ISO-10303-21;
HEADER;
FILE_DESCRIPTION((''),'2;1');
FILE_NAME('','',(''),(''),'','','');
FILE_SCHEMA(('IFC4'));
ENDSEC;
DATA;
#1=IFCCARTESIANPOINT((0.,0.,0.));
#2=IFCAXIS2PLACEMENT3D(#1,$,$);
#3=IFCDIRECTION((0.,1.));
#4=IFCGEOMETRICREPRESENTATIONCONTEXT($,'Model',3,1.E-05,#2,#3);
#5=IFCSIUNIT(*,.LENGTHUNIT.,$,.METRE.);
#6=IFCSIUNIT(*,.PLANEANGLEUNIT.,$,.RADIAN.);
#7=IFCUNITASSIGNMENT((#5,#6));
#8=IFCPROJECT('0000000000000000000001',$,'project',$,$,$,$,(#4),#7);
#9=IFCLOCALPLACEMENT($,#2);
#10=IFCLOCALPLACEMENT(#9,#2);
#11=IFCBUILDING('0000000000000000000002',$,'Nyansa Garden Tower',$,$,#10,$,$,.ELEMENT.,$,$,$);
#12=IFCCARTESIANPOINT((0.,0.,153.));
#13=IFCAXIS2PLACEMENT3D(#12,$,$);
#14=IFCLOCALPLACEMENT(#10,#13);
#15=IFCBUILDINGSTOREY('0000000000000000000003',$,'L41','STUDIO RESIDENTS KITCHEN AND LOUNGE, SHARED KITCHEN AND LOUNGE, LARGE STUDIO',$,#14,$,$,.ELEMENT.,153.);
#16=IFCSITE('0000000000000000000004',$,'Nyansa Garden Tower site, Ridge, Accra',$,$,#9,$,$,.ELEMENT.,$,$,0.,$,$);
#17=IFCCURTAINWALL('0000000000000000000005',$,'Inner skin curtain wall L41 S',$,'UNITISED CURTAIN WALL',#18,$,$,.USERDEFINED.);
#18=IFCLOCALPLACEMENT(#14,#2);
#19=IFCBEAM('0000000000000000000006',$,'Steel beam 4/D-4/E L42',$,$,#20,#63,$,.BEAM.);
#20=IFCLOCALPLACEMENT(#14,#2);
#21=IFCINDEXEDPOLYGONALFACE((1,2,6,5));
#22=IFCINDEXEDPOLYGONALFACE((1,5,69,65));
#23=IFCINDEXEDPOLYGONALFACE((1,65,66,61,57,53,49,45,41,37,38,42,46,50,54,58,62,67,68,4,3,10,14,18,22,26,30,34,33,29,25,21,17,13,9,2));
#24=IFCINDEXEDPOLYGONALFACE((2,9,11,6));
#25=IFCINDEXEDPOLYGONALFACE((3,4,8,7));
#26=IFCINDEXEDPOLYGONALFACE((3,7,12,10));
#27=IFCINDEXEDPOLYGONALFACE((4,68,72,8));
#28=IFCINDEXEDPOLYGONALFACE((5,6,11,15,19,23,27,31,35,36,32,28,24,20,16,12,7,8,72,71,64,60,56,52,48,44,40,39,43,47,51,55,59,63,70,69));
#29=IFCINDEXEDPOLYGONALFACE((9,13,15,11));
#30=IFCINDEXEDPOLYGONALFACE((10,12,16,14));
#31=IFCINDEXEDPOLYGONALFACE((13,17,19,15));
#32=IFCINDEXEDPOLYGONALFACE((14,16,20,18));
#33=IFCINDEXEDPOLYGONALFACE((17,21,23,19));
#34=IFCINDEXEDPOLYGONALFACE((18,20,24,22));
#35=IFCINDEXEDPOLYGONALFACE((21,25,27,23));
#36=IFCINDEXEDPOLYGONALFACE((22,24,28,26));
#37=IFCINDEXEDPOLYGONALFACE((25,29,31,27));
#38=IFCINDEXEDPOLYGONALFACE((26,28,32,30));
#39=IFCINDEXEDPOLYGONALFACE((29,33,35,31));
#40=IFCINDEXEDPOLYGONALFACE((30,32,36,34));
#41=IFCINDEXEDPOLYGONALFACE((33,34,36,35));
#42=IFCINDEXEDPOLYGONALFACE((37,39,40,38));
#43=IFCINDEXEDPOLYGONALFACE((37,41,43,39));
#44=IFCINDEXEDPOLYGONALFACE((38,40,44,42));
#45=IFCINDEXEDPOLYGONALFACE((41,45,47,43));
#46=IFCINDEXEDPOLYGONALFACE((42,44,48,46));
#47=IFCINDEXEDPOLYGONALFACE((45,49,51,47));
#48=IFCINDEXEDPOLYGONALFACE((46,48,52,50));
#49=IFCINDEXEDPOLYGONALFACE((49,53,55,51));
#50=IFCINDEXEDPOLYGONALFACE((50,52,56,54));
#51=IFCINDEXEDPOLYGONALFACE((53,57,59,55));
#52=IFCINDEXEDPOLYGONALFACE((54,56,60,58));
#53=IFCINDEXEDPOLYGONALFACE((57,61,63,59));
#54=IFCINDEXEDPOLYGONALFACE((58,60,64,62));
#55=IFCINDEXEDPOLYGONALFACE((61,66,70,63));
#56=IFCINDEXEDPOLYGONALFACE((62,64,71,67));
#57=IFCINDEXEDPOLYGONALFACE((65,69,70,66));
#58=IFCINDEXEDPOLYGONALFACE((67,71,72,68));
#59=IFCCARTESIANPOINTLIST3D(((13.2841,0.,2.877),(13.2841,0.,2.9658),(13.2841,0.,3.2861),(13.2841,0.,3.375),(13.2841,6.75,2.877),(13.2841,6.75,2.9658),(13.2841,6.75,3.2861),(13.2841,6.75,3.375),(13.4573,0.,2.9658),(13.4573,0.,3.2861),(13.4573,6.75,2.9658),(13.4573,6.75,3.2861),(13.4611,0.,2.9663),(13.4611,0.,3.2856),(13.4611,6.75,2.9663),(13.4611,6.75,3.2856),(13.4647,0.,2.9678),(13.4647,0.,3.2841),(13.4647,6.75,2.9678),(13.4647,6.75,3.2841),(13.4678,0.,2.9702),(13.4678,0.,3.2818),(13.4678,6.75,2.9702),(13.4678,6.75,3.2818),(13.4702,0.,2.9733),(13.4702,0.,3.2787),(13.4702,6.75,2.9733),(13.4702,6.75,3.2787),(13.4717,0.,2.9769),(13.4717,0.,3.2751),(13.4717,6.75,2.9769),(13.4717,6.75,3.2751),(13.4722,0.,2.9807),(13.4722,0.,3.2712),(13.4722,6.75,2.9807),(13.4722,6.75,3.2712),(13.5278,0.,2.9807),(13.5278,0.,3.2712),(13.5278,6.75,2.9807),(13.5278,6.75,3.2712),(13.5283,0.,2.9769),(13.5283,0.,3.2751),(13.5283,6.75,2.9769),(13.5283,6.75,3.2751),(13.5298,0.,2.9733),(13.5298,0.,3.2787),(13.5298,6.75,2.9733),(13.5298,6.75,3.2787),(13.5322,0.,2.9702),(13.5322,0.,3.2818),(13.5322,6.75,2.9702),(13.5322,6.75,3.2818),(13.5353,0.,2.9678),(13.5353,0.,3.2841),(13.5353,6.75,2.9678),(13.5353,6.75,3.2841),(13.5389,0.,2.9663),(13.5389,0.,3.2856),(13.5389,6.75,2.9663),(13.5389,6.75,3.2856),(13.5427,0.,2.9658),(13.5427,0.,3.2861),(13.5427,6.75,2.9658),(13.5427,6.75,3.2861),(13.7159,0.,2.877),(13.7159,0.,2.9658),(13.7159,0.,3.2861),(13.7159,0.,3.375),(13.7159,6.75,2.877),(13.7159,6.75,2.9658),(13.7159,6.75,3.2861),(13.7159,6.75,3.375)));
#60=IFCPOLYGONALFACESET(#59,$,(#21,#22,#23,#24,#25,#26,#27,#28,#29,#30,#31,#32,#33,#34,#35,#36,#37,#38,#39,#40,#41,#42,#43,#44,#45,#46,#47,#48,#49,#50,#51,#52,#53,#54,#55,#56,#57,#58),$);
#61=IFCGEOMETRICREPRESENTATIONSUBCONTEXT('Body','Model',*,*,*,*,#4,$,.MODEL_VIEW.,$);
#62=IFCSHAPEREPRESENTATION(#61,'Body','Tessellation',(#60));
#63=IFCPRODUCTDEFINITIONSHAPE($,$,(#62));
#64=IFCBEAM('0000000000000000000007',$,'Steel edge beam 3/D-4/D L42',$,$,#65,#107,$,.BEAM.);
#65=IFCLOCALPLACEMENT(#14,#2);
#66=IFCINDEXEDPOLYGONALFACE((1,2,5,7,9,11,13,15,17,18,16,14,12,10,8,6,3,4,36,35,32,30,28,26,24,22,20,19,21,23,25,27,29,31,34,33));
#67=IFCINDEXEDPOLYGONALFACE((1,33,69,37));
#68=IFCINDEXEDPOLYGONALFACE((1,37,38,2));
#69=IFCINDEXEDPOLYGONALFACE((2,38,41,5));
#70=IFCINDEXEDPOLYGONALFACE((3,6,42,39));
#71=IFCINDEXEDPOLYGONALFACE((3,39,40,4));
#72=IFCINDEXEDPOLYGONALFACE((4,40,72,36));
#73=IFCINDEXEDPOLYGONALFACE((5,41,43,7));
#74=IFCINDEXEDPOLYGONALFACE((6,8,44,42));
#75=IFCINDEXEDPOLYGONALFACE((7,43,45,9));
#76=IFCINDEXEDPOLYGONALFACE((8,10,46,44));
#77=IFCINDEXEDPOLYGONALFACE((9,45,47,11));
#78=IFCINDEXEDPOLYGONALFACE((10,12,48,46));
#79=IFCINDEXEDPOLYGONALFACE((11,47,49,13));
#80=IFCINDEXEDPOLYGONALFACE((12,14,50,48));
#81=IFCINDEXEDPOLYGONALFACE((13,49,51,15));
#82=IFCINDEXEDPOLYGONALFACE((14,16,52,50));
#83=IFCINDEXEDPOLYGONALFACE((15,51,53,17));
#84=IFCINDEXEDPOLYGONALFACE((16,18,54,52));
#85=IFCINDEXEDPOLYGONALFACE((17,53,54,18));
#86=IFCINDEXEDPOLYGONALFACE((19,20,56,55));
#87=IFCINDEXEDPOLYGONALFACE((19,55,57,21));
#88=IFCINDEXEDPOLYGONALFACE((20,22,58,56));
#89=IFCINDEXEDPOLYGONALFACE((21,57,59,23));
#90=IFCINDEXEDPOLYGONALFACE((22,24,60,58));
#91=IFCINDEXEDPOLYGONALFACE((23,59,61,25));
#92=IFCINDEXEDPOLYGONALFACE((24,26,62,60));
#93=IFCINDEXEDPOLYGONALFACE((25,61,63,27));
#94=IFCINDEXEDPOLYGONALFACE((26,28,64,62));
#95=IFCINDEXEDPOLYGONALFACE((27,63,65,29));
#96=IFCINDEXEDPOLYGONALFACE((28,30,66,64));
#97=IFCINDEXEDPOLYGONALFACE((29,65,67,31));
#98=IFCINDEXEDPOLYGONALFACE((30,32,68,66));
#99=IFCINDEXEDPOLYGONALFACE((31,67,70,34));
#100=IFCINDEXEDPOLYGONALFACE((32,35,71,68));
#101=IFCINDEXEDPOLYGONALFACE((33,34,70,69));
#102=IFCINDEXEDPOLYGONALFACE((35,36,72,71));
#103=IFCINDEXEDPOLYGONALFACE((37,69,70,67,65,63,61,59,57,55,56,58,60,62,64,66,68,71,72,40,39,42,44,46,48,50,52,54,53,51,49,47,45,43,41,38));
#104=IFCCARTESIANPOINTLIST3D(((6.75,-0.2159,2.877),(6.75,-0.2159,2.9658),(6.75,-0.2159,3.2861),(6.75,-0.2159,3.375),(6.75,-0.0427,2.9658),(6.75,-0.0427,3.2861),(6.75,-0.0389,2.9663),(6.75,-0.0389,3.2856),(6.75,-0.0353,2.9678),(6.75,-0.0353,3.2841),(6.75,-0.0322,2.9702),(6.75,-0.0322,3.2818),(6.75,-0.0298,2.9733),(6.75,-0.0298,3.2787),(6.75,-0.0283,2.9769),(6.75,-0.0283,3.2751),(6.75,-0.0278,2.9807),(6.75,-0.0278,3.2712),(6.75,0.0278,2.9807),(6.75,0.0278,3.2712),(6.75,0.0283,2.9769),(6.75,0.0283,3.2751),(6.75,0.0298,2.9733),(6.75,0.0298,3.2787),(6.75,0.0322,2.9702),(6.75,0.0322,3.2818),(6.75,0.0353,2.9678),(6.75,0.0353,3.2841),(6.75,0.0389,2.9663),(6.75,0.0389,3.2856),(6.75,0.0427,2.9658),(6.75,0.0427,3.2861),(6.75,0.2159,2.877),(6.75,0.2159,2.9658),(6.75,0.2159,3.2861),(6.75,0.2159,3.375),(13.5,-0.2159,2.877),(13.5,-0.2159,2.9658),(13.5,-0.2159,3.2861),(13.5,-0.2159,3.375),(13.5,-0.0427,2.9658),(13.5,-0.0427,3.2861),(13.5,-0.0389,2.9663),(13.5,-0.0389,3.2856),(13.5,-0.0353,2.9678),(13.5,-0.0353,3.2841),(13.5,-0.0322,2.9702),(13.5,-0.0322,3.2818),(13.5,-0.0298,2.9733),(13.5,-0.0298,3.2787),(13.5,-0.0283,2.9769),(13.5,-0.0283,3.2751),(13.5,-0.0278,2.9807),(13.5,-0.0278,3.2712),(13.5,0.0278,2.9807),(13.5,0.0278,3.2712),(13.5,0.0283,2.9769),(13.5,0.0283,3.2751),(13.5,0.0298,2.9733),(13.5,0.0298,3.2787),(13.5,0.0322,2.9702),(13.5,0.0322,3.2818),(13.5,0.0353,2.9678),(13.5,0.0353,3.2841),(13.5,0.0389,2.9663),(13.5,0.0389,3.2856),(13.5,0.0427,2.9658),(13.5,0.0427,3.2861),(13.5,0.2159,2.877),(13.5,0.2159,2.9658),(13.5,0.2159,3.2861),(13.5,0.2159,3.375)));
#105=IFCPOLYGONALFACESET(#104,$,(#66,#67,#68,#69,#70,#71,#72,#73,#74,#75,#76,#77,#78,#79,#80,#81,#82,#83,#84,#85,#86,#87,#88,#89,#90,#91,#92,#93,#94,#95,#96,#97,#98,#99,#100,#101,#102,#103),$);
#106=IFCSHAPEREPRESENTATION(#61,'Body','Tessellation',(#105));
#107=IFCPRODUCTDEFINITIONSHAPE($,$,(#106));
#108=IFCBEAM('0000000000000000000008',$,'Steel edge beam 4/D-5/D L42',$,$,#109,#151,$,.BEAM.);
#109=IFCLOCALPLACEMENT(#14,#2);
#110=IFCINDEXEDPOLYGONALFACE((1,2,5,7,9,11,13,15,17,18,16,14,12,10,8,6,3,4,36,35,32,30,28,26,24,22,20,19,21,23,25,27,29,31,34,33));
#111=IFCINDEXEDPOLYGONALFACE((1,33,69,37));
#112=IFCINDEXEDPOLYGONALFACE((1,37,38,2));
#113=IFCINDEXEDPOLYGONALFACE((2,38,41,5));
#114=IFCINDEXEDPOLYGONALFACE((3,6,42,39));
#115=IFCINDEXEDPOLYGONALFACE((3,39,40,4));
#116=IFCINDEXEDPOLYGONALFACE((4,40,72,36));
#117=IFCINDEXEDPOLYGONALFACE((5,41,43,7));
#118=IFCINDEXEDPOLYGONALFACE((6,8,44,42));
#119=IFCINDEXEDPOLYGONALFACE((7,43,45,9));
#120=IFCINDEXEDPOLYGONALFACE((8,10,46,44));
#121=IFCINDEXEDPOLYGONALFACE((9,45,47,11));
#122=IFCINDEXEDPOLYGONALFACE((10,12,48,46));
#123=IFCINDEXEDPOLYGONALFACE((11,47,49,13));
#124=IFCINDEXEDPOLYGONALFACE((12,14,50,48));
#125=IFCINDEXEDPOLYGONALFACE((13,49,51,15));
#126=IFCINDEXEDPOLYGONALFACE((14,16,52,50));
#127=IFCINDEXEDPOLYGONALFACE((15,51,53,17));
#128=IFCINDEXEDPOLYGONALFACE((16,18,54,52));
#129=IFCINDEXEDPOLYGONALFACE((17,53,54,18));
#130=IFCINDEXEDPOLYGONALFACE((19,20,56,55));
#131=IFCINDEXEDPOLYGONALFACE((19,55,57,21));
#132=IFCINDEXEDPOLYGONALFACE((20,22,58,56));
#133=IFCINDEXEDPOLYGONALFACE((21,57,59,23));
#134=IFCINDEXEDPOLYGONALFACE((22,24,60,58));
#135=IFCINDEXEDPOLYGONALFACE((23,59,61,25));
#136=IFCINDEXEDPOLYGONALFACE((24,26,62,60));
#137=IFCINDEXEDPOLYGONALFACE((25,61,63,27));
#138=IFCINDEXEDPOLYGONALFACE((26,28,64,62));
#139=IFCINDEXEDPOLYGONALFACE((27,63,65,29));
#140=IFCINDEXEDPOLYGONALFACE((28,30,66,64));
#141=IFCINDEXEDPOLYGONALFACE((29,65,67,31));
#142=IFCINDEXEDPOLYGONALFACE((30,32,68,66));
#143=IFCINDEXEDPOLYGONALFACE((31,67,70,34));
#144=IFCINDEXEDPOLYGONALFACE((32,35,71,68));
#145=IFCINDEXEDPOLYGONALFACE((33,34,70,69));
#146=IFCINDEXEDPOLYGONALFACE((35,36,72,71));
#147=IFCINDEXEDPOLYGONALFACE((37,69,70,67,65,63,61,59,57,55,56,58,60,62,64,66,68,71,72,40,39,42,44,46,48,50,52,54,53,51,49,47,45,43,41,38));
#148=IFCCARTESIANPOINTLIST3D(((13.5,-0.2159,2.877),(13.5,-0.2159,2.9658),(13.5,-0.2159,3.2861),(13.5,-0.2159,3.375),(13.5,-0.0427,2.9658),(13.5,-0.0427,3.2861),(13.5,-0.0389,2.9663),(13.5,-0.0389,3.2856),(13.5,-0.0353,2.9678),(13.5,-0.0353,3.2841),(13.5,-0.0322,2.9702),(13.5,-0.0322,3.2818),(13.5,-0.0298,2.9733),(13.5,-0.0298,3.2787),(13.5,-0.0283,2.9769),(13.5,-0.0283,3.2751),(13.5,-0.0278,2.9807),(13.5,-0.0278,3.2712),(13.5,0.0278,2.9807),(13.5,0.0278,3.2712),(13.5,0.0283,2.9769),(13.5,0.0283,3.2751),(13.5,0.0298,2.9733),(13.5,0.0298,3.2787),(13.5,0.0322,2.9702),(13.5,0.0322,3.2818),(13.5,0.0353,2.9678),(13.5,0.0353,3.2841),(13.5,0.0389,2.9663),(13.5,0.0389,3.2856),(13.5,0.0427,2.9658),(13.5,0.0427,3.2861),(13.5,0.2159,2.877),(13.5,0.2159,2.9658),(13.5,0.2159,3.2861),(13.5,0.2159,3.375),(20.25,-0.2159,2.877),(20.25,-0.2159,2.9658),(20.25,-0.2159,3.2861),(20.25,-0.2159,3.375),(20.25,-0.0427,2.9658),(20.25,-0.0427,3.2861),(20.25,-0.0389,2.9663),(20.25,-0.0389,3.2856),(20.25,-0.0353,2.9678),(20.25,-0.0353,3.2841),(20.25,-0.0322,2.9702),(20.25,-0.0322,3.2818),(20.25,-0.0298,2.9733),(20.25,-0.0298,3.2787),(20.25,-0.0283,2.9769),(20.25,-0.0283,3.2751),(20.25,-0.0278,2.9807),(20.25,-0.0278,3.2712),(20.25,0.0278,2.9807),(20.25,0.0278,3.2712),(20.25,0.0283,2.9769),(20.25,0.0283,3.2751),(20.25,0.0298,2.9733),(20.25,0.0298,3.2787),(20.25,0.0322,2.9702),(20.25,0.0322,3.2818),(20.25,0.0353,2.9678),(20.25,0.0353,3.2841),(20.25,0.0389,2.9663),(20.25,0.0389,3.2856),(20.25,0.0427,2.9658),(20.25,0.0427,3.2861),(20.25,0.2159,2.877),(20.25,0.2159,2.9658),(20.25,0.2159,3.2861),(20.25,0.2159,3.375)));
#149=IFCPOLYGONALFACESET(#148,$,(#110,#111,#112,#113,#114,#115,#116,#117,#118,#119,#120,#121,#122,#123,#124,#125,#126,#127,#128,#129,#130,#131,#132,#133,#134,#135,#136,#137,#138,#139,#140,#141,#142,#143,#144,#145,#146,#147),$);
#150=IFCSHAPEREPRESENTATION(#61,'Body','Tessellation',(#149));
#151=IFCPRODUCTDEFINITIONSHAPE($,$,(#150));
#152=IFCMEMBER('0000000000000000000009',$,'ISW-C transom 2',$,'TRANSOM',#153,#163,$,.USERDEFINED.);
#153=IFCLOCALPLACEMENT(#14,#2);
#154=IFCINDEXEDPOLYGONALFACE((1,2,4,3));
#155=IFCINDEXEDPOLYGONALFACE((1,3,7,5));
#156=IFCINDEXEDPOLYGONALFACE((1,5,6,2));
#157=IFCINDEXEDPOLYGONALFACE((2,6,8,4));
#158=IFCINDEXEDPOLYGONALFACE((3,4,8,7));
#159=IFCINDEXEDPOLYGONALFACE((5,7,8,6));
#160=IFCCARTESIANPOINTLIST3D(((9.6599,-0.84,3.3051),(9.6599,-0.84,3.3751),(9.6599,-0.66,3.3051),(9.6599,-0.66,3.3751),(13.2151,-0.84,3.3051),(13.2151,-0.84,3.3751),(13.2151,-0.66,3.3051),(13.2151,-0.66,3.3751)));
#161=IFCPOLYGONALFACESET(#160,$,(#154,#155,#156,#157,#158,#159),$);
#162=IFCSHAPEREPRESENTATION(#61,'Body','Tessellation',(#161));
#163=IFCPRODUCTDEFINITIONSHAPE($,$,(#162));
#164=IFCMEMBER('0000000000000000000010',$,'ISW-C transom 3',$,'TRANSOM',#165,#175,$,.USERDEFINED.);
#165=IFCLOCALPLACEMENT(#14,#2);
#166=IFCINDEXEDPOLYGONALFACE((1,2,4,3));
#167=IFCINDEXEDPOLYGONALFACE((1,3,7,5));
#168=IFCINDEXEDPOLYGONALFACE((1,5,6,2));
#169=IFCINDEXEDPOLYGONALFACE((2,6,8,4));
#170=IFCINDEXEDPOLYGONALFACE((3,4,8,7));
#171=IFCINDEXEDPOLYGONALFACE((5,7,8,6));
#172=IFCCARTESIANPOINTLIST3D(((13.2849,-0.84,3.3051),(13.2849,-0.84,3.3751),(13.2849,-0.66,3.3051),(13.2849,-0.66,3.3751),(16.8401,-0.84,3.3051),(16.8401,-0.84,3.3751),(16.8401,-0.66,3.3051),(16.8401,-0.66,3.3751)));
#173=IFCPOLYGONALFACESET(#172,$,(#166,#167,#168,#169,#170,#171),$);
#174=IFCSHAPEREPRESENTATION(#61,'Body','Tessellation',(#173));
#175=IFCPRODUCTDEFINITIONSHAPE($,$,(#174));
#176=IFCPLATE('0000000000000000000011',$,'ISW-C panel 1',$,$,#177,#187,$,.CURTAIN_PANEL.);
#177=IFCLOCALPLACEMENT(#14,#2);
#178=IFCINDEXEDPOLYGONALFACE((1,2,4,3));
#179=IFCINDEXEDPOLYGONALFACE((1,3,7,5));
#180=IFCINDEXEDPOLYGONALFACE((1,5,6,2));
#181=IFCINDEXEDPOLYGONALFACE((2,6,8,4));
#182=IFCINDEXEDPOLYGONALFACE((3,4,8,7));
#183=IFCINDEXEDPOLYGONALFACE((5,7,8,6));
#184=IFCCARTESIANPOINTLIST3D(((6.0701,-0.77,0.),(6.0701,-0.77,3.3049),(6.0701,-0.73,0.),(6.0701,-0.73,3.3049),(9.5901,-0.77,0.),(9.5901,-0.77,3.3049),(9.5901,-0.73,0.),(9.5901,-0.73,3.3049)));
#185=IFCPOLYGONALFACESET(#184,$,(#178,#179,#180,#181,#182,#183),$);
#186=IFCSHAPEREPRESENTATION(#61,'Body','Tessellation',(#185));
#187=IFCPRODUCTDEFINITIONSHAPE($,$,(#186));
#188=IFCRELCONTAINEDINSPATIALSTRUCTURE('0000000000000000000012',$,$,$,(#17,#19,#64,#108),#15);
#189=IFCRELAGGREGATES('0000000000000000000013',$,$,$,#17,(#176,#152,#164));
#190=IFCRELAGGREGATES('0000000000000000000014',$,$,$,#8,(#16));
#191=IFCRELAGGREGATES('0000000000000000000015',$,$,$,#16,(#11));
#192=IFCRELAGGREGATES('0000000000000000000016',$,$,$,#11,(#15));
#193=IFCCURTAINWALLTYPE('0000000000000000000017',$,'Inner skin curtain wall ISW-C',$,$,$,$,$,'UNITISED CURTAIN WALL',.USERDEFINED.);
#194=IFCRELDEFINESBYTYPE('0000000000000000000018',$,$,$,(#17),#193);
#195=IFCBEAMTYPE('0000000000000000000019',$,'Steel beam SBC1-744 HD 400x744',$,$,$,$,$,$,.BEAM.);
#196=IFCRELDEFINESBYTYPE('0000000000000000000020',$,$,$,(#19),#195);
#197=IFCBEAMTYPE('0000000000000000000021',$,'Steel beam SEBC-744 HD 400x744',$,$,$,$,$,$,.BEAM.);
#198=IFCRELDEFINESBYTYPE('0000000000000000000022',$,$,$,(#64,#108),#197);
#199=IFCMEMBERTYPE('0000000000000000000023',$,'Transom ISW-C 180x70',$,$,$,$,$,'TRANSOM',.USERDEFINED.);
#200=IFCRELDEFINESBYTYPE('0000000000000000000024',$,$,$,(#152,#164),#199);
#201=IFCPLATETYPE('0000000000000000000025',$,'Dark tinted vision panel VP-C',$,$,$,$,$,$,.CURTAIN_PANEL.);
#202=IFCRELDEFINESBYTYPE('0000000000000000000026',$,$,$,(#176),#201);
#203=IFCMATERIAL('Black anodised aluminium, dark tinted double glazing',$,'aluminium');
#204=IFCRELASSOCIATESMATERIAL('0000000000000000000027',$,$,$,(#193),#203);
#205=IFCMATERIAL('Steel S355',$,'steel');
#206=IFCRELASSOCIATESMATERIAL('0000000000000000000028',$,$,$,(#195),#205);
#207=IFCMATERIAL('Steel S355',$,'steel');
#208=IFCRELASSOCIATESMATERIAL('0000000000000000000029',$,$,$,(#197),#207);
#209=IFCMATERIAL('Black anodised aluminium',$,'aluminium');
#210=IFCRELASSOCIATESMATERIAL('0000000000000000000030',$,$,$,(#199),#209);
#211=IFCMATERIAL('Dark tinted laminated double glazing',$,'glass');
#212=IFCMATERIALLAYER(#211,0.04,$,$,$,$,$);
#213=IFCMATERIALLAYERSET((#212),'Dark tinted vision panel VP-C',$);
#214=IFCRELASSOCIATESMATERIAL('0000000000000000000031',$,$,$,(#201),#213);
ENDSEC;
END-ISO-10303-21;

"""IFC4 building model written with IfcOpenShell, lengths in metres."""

from ifc_helpers import new_model, si_unit, direction, frame, origin, origin_2d, place, context, subcontext, project, spatial, rectangle, i_section, extrude, material, layer, layer_set, material_profile, profile_set, type_object, element, aggregate, save


model = new_model("IFC4")

# Units and contexts
model_context = context("Model", 3, precision=1e-05, world=origin(), true_north=direction((0.0, 1.0)))
body_context = subcontext(model_context, "Body", "Model", "MODEL_VIEW")
ifc_project = project(units=[si_unit("LENGTHUNIT", "METRE"), si_unit("PLANEANGLEUNIT", "RADIAN")], contexts=[model_context])

# Site, building, storey
site_placement = place(None, origin())
site = spatial("IfcSite", under=ifc_project, at=site_placement, Name="Nyansa Garden Tower site, Ridge, Accra", CompositionType="ELEMENT", RefElevation=0.0)
building_placement = place(site_placement, origin())
building = spatial("IfcBuilding", under=site, at=building_placement, Name="Nyansa Garden Tower", CompositionType="ELEMENT")
storey_placement = place(building_placement, frame((0.0, 0.0, 153.0)))
storey = spatial("IfcBuildingStorey", under=building, at=storey_placement, Name="L41", Description="STUDIO RESIDENTS KITCHEN AND LOUNGE, SHARED KITCHEN AND LOUNGE, LARGE STUDIO", CompositionType="ELEMENT", Elevation=153.0)

# Curtain wall
ifc_material_1 = material(Name="Black anodised aluminium, dark tinted double glazing", Category="aluminium")
curtain_wall_type = type_object("IfcCurtainWallType", Name="Inner skin curtain wall ISW-C", ElementType="UNITISED CURTAIN WALL", PredefinedType="USERDEFINED", material=ifc_material_1)
curtain_wall_placement = place(storey_placement, origin())
curtain_wall = element("IfcCurtainWall", 1, at=curtain_wall_placement, inside=storey, type_object=curtain_wall_type, Name="Inner skin curtain wall L41 S", ObjectType="UNITISED CURTAIN WALL", PredefinedType="USERDEFINED")

# Beams
ifc_material_2 = material(Name="Steel S355", Category="steel")
ifc_material_profile_1 = material_profile(ifc_material_2, i_section(OverallWidth=0.4319, OverallDepth=0.498, WebThickness=0.0557, FlangeThickness=0.0889, FilletRadius=0.0149, at=origin_2d()), Name="HD 400x744")
ifc_profile_set_1 = profile_set([ifc_material_profile_1], Name="Steel S355")
beam_type_1 = type_object("IfcBeamType", Name="Steel beam SBC1-744 HD 400x744", PredefinedType="BEAM", material=ifc_profile_set_1)
for number, where, z_axis, x_axis, name in (
    (2, (13.5, 0.0, 3.126), (0.0, 1.0, 0.0), (-1.0, 0.0, 0.0), "Steel beam 4/D-4/E L42"),
):
    element("IfcBeam", number, at=place(storey_placement, frame(where, z_axis=z_axis, x_axis=x_axis)), inside=storey, type_object=beam_type_1, Name=name, PredefinedType="BEAM", context=body_context, shape_type="SweptSolid", body=[
        extrude(i_section(OverallWidth=0.4319, OverallDepth=0.498, WebThickness=0.0557, FlangeThickness=0.0889, FilletRadius=0.0149, at=origin_2d()), origin(), (0.0, 0.0, 1.0), 6.75),
    ])
ifc_material_3 = material(Name="Steel S355", Category="steel")
ifc_material_profile_2 = material_profile(ifc_material_3, i_section(OverallWidth=0.4319, OverallDepth=0.498, WebThickness=0.0557, FlangeThickness=0.0889, FilletRadius=0.0149, at=origin_2d()), Name="HD 400x744")
ifc_profile_set_2 = profile_set([ifc_material_profile_2], Name="Steel S355")
beam_type_2 = type_object("IfcBeamType", Name="Steel beam SEBC-744 HD 400x744", PredefinedType="BEAM", material=ifc_profile_set_2)
for number, where, z_axis, x_axis, name in (
    (3, (6.75, 0.0, 3.126), (1.0, 0.0, 0.0), (0.0, 1.0, 0.0), "Steel edge beam 3/D-4/D L42"),
    (4, (13.5, 0.0, 3.126), (1.0, 0.0, 0.0), (0.0, 1.0, 0.0), "Steel edge beam 4/D-5/D L42"),
):
    element("IfcBeam", number, at=place(storey_placement, frame(where, z_axis=z_axis, x_axis=x_axis)), inside=storey, type_object=beam_type_2, Name=name, PredefinedType="BEAM", context=body_context, shape_type="SweptSolid", body=[
        extrude(i_section(OverallWidth=0.4319, OverallDepth=0.498, WebThickness=0.0557, FlangeThickness=0.0889, FilletRadius=0.0149, at=origin_2d()), origin(), (0.0, 0.0, 1.0), 6.75),
    ])

# Members
ifc_material_4 = material(Name="Black anodised aluminium", Category="aluminium")
ifc_material_profile_3 = material_profile(ifc_material_4, rectangle(XDim=0.1799, YDim=0.0701, at=origin_2d()), Name="Transom 180x70")
ifc_profile_set_3 = profile_set([ifc_material_profile_3], Name="Black anodised aluminium")
member_type_1 = type_object("IfcMemberType", Name="Transom ISW-C 180x70", ElementType="TRANSOM", PredefinedType="USERDEFINED", material=ifc_profile_set_3)
member_1_placement = place(storey_placement, frame((9.6599, -0.75, 3.3401), z_axis=(1.0, 0.0, 0.0), x_axis=(0.0, 1.0, 0.0)))
member_1 = element("IfcMember", 5, at=member_1_placement, type_object=member_type_1, Name="ISW-C transom 2", ObjectType="TRANSOM", PredefinedType="USERDEFINED", context=body_context, shape_type="SweptSolid", body=[
    extrude(rectangle(XDim=0.1799, YDim=0.0701, at=origin_2d()), origin(), (0.0, 0.0, 1.0), 3.5552),
])
member_2_placement = place(storey_placement, frame((13.2849, -0.75, 3.3401), z_axis=(1.0, 0.0, 0.0), x_axis=(0.0, 1.0, 0.0)))
member_2 = element("IfcMember", 6, at=member_2_placement, type_object=member_type_1, Name="ISW-C transom 3", ObjectType="TRANSOM", PredefinedType="USERDEFINED", context=body_context, shape_type="SweptSolid", body=[
    extrude(rectangle(XDim=0.1799, YDim=0.0701, at=origin_2d()), origin(), (0.0, 0.0, 1.0), 3.5552),
])

# Plate
ifc_material_5 = material(Name="Dark tinted laminated double glazing", Category="glass")
ifc_layer_1 = layer(ifc_material_5, 0.04)
ifc_layer_set_1 = layer_set([ifc_layer_1], Name="Dark tinted vision panel VP-C")
plate_type = type_object("IfcPlateType", Name="Dark tinted vision panel VP-C", PredefinedType="CURTAIN_PANEL", material=ifc_layer_set_1)
plate_1_placement = place(storey_placement, frame((7.8301, -0.75, 0.0), z_axis=(0.0, 0.0, 1.0), x_axis=(1.0, 0.0, 0.0)))
plate_1 = element("IfcPlate", 7, at=plate_1_placement, type_object=plate_type, Name="ISW-C panel 1", PredefinedType="CURTAIN_PANEL", context=body_context, shape_type="SweptSolid", body=[
    extrude(rectangle(XDim=3.52, YDim=0.04, at=origin_2d()), origin(), (0.0, 0.0, 1.0), 3.3049),
])
aggregate(curtain_wall, [plate_1, member_1, member_2])

save(model, "model.ifc")
